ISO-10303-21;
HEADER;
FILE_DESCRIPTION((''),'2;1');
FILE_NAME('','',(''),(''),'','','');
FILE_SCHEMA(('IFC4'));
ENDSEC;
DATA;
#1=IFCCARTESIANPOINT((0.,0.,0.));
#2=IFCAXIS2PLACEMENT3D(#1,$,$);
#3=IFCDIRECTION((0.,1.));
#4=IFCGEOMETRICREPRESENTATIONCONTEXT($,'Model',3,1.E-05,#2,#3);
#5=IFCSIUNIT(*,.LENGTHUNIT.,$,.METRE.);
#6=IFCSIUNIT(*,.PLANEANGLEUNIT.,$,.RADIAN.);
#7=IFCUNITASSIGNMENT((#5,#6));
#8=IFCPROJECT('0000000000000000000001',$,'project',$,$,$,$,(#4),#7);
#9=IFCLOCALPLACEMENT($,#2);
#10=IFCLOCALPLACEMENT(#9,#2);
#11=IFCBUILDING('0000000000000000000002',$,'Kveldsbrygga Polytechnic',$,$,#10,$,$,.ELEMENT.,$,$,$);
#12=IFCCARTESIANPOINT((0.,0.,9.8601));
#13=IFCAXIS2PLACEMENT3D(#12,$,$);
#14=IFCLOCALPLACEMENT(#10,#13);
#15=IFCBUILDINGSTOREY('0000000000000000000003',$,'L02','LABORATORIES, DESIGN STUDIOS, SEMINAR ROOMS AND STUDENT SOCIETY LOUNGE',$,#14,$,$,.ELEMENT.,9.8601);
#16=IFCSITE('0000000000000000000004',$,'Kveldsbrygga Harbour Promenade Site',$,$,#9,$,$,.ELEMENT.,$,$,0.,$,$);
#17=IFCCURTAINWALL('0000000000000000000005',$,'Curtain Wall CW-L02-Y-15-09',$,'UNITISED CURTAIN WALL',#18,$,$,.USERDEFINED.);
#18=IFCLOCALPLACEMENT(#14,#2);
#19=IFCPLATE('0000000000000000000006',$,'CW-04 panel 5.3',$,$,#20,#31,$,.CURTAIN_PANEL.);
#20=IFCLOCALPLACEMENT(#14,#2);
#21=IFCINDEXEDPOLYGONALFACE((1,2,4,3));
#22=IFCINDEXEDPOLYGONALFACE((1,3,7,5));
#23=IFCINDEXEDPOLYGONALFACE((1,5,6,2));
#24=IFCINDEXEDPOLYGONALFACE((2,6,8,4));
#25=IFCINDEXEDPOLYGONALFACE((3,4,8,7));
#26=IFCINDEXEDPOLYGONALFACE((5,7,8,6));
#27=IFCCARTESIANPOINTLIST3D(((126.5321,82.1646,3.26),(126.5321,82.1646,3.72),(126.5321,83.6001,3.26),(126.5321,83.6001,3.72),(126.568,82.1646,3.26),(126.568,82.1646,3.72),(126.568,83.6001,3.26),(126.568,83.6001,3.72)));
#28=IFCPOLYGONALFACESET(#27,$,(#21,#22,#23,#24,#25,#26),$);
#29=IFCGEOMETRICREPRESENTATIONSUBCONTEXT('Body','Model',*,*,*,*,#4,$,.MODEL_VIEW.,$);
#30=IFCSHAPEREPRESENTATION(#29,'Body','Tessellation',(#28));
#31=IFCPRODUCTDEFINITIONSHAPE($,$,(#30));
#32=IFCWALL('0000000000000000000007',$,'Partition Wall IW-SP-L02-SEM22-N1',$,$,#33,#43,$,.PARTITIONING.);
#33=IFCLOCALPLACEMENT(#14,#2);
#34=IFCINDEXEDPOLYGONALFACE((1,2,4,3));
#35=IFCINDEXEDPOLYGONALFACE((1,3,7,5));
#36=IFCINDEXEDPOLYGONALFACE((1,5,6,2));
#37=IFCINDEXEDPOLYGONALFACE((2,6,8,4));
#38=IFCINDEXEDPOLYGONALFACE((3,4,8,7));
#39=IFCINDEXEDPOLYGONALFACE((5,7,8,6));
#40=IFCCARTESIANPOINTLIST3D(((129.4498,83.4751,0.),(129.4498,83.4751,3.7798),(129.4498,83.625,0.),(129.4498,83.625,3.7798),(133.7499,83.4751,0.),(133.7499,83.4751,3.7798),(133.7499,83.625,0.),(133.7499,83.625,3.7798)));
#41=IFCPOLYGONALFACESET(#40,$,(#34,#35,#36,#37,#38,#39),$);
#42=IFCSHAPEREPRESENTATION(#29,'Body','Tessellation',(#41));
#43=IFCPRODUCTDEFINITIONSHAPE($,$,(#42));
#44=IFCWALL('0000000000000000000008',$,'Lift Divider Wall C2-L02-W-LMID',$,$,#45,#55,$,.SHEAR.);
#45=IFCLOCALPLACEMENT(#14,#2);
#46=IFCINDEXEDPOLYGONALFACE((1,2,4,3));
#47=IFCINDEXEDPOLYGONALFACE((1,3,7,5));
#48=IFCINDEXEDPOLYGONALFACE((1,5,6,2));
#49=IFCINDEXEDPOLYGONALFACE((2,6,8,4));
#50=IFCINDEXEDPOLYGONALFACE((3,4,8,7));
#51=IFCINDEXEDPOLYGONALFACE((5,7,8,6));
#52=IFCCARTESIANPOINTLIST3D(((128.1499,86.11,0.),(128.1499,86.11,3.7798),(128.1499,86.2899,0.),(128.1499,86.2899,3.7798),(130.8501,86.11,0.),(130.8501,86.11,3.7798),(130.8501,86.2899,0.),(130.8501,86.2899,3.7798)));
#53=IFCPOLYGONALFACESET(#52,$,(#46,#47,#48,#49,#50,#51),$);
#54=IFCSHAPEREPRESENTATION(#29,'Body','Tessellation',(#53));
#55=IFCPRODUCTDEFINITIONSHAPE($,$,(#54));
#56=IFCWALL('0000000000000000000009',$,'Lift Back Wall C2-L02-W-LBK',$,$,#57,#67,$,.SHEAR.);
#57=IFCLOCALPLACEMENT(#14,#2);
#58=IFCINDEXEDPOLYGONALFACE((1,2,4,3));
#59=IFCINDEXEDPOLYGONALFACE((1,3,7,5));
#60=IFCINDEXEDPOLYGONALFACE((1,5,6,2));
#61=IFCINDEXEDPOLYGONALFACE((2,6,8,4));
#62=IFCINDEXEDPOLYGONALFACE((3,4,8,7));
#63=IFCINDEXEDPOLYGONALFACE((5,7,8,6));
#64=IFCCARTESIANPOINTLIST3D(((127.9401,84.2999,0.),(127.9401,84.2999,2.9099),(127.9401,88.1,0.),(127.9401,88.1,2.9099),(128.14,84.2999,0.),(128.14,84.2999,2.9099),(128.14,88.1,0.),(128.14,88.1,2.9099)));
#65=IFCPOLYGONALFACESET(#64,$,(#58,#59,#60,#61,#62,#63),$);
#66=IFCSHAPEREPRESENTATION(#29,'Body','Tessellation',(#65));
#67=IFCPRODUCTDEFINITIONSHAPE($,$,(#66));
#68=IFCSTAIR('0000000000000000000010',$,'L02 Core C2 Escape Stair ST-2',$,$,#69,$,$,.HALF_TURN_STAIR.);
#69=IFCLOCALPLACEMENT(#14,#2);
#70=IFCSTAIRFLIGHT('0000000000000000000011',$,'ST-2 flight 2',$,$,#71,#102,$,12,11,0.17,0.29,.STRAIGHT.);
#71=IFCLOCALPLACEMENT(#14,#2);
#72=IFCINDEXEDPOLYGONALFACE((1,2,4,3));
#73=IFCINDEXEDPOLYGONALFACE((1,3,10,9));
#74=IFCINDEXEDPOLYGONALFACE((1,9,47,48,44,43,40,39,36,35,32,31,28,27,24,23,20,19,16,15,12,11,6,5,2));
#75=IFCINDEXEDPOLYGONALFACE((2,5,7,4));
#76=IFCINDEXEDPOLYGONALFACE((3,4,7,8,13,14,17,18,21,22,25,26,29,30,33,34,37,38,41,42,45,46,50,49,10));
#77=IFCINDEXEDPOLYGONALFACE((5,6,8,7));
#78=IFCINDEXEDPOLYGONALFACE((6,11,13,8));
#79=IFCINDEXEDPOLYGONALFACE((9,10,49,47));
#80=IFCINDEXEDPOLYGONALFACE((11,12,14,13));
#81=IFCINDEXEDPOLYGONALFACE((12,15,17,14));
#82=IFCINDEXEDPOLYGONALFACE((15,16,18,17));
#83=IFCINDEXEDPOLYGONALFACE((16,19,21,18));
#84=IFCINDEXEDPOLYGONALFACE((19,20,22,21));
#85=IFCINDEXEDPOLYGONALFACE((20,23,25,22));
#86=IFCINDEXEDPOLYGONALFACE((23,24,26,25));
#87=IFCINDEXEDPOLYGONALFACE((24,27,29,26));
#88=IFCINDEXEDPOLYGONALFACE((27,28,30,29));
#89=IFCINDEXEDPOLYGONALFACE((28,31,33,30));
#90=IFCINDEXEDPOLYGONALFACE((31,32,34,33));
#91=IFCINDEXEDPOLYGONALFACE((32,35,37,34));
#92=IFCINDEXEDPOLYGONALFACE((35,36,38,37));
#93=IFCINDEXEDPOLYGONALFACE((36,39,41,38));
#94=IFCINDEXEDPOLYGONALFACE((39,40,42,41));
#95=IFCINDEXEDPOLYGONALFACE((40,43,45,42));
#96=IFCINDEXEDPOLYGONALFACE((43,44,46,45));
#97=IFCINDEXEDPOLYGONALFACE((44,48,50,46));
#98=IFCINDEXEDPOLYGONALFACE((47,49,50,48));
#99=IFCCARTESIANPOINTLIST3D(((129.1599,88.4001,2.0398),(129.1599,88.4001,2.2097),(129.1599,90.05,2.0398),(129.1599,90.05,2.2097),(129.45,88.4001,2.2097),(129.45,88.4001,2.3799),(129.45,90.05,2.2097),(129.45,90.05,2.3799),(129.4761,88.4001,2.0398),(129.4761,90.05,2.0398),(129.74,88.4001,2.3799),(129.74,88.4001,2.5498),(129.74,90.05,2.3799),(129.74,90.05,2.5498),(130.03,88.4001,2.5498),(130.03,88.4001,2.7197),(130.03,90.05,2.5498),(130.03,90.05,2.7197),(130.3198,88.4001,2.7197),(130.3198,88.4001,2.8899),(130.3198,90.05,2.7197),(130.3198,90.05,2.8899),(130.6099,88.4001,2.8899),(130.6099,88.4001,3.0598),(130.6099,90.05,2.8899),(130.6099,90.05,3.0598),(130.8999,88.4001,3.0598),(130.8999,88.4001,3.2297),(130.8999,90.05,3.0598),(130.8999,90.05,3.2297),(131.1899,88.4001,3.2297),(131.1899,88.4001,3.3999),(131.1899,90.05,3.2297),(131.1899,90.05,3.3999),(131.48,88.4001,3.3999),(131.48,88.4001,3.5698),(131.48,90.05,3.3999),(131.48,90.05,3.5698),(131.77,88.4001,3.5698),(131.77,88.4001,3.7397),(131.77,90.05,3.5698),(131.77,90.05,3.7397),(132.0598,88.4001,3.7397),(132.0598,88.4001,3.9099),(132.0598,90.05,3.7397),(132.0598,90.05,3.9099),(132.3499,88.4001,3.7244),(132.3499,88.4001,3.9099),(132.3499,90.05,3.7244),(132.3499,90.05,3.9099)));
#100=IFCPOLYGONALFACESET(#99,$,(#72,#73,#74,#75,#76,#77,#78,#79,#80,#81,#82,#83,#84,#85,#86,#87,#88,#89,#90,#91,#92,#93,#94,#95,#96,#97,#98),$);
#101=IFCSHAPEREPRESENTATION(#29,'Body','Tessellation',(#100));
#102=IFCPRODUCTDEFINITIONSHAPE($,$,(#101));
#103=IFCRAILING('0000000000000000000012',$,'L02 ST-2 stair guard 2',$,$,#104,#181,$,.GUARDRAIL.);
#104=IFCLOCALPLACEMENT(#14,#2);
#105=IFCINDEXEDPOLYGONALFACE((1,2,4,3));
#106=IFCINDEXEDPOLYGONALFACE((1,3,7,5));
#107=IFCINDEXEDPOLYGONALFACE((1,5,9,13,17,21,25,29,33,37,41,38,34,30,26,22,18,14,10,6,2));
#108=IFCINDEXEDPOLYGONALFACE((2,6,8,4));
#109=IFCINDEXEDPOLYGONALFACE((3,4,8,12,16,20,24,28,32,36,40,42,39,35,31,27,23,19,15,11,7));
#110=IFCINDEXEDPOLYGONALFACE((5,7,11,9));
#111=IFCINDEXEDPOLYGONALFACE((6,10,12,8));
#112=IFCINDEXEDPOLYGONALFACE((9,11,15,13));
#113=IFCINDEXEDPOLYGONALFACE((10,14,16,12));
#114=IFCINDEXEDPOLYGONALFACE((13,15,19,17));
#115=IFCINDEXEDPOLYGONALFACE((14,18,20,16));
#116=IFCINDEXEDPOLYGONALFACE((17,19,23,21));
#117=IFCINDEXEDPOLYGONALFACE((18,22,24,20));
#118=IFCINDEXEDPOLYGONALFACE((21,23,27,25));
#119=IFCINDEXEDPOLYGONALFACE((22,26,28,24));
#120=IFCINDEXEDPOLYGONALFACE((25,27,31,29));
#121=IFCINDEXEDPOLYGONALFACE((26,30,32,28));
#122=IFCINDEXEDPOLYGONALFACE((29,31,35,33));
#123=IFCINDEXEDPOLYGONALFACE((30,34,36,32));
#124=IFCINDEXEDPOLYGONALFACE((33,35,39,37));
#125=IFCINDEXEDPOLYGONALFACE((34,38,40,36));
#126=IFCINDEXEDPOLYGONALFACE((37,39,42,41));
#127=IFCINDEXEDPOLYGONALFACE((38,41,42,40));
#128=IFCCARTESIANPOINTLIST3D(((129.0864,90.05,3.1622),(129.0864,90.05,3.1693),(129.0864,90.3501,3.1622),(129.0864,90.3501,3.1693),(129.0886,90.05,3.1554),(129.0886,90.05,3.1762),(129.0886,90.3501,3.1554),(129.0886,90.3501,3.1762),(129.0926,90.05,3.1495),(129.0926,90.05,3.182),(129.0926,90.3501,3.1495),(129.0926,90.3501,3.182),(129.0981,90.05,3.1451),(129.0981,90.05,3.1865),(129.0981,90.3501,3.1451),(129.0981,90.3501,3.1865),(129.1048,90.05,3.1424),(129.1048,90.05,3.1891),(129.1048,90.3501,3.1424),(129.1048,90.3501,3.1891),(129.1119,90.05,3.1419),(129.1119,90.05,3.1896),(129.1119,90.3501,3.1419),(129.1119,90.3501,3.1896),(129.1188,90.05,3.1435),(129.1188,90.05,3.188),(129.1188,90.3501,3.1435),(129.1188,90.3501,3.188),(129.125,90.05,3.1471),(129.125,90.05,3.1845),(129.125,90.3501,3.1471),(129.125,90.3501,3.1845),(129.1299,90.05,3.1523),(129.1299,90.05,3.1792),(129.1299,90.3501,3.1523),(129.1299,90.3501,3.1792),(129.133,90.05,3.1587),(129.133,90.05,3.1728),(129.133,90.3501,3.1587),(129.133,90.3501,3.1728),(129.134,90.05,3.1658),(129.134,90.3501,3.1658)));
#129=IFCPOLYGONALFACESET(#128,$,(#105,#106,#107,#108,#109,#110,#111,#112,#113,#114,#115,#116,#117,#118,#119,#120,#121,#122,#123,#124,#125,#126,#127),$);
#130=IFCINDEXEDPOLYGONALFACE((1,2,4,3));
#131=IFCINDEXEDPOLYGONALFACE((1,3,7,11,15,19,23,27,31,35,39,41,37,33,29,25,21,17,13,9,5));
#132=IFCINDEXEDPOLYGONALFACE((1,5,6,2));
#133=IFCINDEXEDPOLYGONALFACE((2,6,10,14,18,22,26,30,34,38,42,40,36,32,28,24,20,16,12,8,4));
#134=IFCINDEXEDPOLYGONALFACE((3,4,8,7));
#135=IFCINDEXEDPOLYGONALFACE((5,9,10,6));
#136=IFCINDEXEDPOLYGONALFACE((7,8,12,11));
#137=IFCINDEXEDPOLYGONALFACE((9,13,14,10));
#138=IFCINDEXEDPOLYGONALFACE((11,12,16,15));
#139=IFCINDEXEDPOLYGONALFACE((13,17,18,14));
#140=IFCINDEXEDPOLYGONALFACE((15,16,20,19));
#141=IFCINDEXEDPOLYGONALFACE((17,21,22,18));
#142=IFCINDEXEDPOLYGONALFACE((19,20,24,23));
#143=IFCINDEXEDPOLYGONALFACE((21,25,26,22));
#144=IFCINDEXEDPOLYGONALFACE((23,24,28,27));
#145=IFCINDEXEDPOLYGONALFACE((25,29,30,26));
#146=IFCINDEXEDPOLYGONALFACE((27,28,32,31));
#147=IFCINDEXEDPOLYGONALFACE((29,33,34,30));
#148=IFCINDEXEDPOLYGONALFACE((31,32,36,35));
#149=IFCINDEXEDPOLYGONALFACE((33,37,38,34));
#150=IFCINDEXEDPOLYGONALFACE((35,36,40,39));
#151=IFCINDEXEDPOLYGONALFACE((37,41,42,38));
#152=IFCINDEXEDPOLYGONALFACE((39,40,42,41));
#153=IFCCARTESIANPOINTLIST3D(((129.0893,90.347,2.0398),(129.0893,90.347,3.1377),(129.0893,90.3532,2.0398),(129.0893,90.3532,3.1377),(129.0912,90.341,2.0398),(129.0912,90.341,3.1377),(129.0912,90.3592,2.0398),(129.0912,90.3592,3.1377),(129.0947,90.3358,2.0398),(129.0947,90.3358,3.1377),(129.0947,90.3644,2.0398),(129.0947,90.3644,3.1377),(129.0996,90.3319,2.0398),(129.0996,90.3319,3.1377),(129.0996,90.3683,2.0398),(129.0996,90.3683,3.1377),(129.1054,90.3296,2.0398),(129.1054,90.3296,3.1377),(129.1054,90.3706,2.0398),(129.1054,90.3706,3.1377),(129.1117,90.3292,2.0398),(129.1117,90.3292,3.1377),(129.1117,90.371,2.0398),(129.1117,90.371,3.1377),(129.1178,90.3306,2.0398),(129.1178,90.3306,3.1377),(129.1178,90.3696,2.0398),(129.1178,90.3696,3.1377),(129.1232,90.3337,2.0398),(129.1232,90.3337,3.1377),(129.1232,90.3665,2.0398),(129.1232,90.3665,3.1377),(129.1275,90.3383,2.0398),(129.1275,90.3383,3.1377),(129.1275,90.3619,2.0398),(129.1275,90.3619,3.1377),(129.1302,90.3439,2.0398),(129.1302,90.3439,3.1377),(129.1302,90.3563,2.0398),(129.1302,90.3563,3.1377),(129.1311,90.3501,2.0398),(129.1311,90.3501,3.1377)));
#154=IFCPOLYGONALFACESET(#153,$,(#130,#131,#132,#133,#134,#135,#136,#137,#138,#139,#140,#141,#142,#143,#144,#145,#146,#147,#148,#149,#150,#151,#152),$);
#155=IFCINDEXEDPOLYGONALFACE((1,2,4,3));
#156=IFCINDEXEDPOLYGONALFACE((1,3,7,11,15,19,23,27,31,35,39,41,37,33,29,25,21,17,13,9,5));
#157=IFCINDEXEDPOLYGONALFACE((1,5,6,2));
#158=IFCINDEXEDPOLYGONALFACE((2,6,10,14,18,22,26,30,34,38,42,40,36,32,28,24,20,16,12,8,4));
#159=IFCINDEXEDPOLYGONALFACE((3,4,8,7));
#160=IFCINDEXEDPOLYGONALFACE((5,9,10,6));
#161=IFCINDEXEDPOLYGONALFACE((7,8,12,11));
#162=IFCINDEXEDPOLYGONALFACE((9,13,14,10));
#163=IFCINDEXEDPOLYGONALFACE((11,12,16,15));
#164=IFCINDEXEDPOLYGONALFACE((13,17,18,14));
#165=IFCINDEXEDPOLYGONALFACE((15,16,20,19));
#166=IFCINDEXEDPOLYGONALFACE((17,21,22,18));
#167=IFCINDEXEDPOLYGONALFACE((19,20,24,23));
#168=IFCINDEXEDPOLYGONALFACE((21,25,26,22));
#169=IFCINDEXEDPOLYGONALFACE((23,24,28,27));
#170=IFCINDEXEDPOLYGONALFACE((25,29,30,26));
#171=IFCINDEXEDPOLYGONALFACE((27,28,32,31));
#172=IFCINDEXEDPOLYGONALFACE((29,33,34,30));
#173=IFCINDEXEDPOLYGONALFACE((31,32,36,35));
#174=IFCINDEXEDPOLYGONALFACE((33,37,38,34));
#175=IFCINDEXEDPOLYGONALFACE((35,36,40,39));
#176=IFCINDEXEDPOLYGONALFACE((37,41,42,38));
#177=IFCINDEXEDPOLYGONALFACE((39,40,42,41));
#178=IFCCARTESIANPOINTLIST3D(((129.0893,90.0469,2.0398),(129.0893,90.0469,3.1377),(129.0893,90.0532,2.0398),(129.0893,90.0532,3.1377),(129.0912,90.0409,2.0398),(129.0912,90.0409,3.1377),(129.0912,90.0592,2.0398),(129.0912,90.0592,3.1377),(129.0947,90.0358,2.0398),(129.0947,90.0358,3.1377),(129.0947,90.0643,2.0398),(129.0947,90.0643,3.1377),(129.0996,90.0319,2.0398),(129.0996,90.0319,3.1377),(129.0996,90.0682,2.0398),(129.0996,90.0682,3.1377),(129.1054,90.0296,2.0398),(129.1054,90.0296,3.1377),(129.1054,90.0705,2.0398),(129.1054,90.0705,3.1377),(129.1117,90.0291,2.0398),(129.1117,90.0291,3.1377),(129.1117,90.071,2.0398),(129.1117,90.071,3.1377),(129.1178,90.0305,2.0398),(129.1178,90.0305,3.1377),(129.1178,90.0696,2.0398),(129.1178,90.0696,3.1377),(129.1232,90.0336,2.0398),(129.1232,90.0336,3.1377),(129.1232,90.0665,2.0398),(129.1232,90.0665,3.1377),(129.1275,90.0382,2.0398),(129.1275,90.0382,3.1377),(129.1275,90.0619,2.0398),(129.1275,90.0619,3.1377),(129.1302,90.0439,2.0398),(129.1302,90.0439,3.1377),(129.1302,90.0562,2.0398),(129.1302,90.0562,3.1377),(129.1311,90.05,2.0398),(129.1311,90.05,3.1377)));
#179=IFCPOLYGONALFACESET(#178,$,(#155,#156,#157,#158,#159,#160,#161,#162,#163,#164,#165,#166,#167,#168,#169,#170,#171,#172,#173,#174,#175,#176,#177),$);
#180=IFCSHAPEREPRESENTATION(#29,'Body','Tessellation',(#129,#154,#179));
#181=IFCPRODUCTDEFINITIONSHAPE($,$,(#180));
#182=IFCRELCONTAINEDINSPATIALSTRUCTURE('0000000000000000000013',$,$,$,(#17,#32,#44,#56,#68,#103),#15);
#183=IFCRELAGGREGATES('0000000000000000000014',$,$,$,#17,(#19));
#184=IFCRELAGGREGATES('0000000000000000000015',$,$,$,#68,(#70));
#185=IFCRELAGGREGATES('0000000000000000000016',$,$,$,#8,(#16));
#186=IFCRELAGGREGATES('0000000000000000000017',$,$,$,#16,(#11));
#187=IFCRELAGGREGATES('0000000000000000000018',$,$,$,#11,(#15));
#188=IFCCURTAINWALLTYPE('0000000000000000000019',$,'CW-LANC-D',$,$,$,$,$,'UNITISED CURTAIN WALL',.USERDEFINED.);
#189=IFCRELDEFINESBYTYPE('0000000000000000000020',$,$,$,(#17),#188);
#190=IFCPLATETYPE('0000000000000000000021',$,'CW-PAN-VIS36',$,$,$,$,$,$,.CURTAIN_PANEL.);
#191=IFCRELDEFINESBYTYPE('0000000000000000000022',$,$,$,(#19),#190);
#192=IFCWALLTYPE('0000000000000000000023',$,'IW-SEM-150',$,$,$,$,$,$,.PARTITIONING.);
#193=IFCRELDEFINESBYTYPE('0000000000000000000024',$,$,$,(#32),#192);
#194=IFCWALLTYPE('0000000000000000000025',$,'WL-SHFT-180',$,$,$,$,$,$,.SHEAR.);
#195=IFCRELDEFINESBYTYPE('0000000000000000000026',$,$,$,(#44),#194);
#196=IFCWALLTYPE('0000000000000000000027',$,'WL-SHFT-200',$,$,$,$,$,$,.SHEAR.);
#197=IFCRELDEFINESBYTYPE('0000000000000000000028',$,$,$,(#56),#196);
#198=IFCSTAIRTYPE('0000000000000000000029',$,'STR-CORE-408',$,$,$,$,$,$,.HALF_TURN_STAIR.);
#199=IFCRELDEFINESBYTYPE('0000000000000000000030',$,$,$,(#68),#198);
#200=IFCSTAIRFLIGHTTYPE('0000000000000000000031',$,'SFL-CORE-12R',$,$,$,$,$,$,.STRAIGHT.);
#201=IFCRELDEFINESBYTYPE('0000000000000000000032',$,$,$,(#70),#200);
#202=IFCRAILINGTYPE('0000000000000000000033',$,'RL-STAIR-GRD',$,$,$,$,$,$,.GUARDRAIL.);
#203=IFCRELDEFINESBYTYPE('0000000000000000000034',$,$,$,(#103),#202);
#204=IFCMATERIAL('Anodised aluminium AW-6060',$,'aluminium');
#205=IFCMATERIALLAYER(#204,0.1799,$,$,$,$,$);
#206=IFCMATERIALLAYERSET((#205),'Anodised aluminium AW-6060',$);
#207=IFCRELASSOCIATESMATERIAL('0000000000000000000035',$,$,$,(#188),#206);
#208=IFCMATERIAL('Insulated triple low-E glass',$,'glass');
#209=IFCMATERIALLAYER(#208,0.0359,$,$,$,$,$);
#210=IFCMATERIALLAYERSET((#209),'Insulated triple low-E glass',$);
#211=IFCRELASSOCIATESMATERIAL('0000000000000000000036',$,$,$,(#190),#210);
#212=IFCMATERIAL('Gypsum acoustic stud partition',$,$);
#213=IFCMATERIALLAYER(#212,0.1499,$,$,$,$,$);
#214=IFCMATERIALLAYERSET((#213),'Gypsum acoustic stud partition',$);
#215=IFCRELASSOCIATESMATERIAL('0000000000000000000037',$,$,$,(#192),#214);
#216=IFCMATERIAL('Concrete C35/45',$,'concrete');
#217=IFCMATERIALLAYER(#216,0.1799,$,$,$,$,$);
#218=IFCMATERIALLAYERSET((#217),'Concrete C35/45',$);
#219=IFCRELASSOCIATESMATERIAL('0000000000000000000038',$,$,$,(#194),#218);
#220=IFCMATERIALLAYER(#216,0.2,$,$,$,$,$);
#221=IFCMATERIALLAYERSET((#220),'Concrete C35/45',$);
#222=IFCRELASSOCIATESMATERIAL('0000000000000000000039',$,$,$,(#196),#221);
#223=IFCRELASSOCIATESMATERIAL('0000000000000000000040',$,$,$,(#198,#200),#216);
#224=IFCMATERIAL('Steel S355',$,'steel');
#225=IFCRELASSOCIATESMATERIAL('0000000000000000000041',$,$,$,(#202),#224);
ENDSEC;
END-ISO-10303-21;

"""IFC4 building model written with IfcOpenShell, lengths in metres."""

from ifc_helpers import new_model, si_unit, direction, frame, frame_2d, origin, origin_2d, place, context, subcontext, project, spatial, polyline, rectangle, circle, outline, extrude, material, layer, layer_set, type_object, element, aggregate, save


model = new_model("IFC4")

# Units and contexts
model_context = context("Model", 3, precision=1e-05, world=origin(), true_north=direction((0.0, 1.0)))
body_context = subcontext(model_context, "Body", "Model", "MODEL_VIEW")
ifc_project = project(units=[si_unit("LENGTHUNIT", "METRE"), si_unit("PLANEANGLEUNIT", "RADIAN")], contexts=[model_context])

# Site, building, storey
site_placement = place(None, origin())
site = spatial("IfcSite", under=ifc_project, at=site_placement, Name="Kveldsbrygga Harbour Promenade Site", CompositionType="ELEMENT", RefElevation=0.0)
building_placement = place(site_placement, origin())
building = spatial("IfcBuilding", under=site, at=building_placement, Name="Kveldsbrygga Polytechnic", CompositionType="ELEMENT")
storey_placement = place(building_placement, frame((0.0, 0.0, 9.8601)))
storey = spatial("IfcBuildingStorey", under=building, at=storey_placement, Name="L02", Description="LABORATORIES, DESIGN STUDIOS, SEMINAR ROOMS AND STUDENT SOCIETY LOUNGE", CompositionType="ELEMENT", Elevation=9.8601)

# Curtain wall
ifc_material_1 = material(Name="Anodised aluminium AW-6060", Category="aluminium")
ifc_layer_1 = layer(ifc_material_1, 0.1799)
ifc_layer_set_1 = layer_set([ifc_layer_1], Name="Anodised aluminium AW-6060")
curtain_wall_type = type_object("IfcCurtainWallType", Name="CW-LANC-D", ElementType="UNITISED CURTAIN WALL", PredefinedType="USERDEFINED", material=ifc_layer_set_1)
curtain_wall_placement = place(storey_placement, origin())
curtain_wall = element("IfcCurtainWall", 1, at=curtain_wall_placement, inside=storey, type_object=curtain_wall_type, Name="Curtain Wall CW-L02-Y-15-09", ObjectType="UNITISED CURTAIN WALL", PredefinedType="USERDEFINED")

# Shared definitions
ifc_material_2 = material(Name="Concrete C35/45", Category="concrete")

# Plate
ifc_material_3 = material(Name="Insulated triple low-E glass", Category="glass")
ifc_layer_2 = layer(ifc_material_3, 0.0359)
ifc_layer_set_2 = layer_set([ifc_layer_2], Name="Insulated triple low-E glass")
plate_type = type_object("IfcPlateType", Name="CW-PAN-VIS36", PredefinedType="CURTAIN_PANEL", material=ifc_layer_set_2)
plate_1_placement = place(storey_placement, frame((126.55, 82.8823, 3.26), z_axis=(0.0, 0.0, 1.0), x_axis=(0.0, 1.0, 0.0)))
plate_1 = element("IfcPlate", 2, at=plate_1_placement, type_object=plate_type, Name="CW-04 panel 5.3", PredefinedType="CURTAIN_PANEL", context=body_context, shape_type="SweptSolid", body=[
    extrude(rectangle(XDim=1.4355, YDim=0.0359, at=origin_2d()), origin(), (0.0, 0.0, 1.0), 0.46),
])
aggregate(curtain_wall, [plate_1])

# Walls
ifc_material_4 = material(Name="Gypsum acoustic stud partition")
ifc_layer_3 = layer(ifc_material_4, 0.1499)
ifc_layer_set_3 = layer_set([ifc_layer_3], Name="Gypsum acoustic stud partition")
wall_type_1 = type_object("IfcWallType", Name="IW-SEM-150", PredefinedType="PARTITIONING", material=ifc_layer_set_3)
wall_1_placement = place(storey_placement, frame((129.45, 83.55, 0.0), z_axis=(0.0, 0.0, 1.0), x_axis=(1.0, 0.0, 0.0)))
element("IfcWall", 3, at=wall_1_placement, inside=storey, type_object=wall_type_1, Name="Partition Wall IW-SP-L02-SEM22-N1", PredefinedType="PARTITIONING", context=body_context, shape_type="SweptSolid", body=[
    extrude(rectangle(XDim=4.3, YDim=0.1499, at=frame_2d((2.1499, 0.0))), origin(), (0.0, 0.0, 1.0), 3.7798),
])
ifc_layer_4 = layer(ifc_material_2, 0.1799)
ifc_layer_set_4 = layer_set([ifc_layer_4], Name="Concrete C35/45")
wall_type_2 = type_object("IfcWallType", Name="WL-SHFT-180", PredefinedType="SHEAR", material=ifc_layer_set_4)
wall_2_placement = place(storey_placement, frame((128.1499, 86.2, 0.0), z_axis=(0.0, 0.0, 1.0), x_axis=(1.0, 0.0, 0.0)))
element("IfcWall", 4, at=wall_2_placement, inside=storey, type_object=wall_type_2, Name="Lift Divider Wall C2-L02-W-LMID", PredefinedType="SHEAR", context=body_context, shape_type="SweptSolid", body=[
    extrude(rectangle(XDim=2.7002, YDim=0.1799, at=frame_2d((1.3501, 0.0))), origin(), (0.0, 0.0, 1.0), 3.7798),
])

# Shared definitions
ifc_layer_5 = layer(ifc_material_2, 0.2)
ifc_layer_set_5 = layer_set([ifc_layer_5], Name="Concrete C35/45")
wall_type_3 = type_object("IfcWallType", Name="WL-SHFT-200", PredefinedType="SHEAR", material=ifc_layer_set_5)

# Wall
wall_3_placement = place(storey_placement, frame((128.04, 84.3, 0.0), z_axis=(0.0, 0.0, 1.0), x_axis=(0.0, 1.0, 0.0)))
element("IfcWall", 5, at=wall_3_placement, inside=storey, type_object=wall_type_3, Name="Lift Back Wall C2-L02-W-LBK", PredefinedType="SHEAR", context=body_context, shape_type="SweptSolid", body=[
    extrude(rectangle(XDim=3.8, YDim=0.2, at=frame_2d((1.8999, 0.0))), origin(), (0.0, 0.0, 1.0), 2.9099),
])

# Stair, stair flight
stair_type = type_object("IfcStairType", Name="STR-CORE-408", PredefinedType="HALF_TURN_STAIR", material=ifc_material_2)
stair_placement = place(storey_placement, origin())
stair = element("IfcStair", 6, at=stair_placement, inside=storey, type_object=stair_type, Name="L02 Core C2 Escape Stair ST-2", PredefinedType="HALF_TURN_STAIR")
stair_flight_type = type_object("IfcStairFlightType", Name="SFL-CORE-12R", PredefinedType="STRAIGHT", material=ifc_material_2)
stair_flight_placement = place(storey_placement, frame((129.1599, 89.2251, 2.0398), z_axis=(0.0, 0.0, 1.0), x_axis=(1.0, 0.0, 0.0)))
stair_flight = element("IfcStairFlight", 7, at=stair_flight_placement, type_object=stair_flight_type, Name="ST-2 flight 2", NumberOfRisers=12, NumberOfTreads=11, PredefinedType="STRAIGHT", RiserHeight=0.17, TreadLength=0.29, context=body_context, shape_type="SweptSolid", body=[
    extrude(outline(polyline([(0.0, 0.0), (0.0, 0.1699), (0.29, 0.1699), (0.29, 0.3401), (0.5801, 0.3401), (0.5801, 0.51), (0.8701, 0.51), (0.8701, 0.6799), (1.1599, 0.6799), (1.1599, 0.8501), (1.45, 0.8501), (1.45, 1.02), (1.74, 1.02), (1.74, 1.1899), (2.03, 1.1899), (2.03, 1.3601), (2.3201, 1.3601), (2.3201, 1.53), (2.6101, 1.53), (2.6101, 1.7), (2.8999, 1.7), (2.8999, 1.8701), (3.1899, 1.8701), (3.1899, 2.04), (3.1899, 1.6846), (0.3162, 0.0), (0.0, 0.0)])), frame((0.0, 0.825, 0.0), z_axis=(0.0, -1.0, 0.0), x_axis=(1.0, 0.0, 0.0)), (0.0, 0.0, 1.0), 1.6499),
])
aggregate(stair, [stair_flight])

# Railing
ifc_material_5 = material(Name="Steel S355", Category="steel")
railing_type_1 = type_object("IfcRailingType", Name="RL-STAIR-GRD", PredefinedType="GUARDRAIL", material=ifc_material_5)
railing_1_placement = place(storey_placement, frame((129.1101, 90.3501, 2.0398)))
element("IfcRailing", 8, at=railing_1_placement, inside=storey, type_object=railing_type_1, Name="L02 ST-2 stair guard 2", PredefinedType="GUARDRAIL", context=body_context, shape_type="SweptSolid", body=[
    extrude(circle(Radius=0.0239, at=origin_2d()), frame((0.0, 0.0, 1.126), z_axis=(0.0, -1.0, 0.0), x_axis=(1.0, 0.0, 0.0)), (0.0, 0.0, 1.0), 0.3),
    extrude(circle(Radius=0.021, at=origin_2d()), origin(), (0.0, 0.0, 1.0), 1.0979),
    extrude(circle(Radius=0.021, at=origin_2d()), frame((0.0, -0.3, 0.0)), (0.0, 0.0, 1.0), 1.0979),
])

save(model, "model.ifc")
